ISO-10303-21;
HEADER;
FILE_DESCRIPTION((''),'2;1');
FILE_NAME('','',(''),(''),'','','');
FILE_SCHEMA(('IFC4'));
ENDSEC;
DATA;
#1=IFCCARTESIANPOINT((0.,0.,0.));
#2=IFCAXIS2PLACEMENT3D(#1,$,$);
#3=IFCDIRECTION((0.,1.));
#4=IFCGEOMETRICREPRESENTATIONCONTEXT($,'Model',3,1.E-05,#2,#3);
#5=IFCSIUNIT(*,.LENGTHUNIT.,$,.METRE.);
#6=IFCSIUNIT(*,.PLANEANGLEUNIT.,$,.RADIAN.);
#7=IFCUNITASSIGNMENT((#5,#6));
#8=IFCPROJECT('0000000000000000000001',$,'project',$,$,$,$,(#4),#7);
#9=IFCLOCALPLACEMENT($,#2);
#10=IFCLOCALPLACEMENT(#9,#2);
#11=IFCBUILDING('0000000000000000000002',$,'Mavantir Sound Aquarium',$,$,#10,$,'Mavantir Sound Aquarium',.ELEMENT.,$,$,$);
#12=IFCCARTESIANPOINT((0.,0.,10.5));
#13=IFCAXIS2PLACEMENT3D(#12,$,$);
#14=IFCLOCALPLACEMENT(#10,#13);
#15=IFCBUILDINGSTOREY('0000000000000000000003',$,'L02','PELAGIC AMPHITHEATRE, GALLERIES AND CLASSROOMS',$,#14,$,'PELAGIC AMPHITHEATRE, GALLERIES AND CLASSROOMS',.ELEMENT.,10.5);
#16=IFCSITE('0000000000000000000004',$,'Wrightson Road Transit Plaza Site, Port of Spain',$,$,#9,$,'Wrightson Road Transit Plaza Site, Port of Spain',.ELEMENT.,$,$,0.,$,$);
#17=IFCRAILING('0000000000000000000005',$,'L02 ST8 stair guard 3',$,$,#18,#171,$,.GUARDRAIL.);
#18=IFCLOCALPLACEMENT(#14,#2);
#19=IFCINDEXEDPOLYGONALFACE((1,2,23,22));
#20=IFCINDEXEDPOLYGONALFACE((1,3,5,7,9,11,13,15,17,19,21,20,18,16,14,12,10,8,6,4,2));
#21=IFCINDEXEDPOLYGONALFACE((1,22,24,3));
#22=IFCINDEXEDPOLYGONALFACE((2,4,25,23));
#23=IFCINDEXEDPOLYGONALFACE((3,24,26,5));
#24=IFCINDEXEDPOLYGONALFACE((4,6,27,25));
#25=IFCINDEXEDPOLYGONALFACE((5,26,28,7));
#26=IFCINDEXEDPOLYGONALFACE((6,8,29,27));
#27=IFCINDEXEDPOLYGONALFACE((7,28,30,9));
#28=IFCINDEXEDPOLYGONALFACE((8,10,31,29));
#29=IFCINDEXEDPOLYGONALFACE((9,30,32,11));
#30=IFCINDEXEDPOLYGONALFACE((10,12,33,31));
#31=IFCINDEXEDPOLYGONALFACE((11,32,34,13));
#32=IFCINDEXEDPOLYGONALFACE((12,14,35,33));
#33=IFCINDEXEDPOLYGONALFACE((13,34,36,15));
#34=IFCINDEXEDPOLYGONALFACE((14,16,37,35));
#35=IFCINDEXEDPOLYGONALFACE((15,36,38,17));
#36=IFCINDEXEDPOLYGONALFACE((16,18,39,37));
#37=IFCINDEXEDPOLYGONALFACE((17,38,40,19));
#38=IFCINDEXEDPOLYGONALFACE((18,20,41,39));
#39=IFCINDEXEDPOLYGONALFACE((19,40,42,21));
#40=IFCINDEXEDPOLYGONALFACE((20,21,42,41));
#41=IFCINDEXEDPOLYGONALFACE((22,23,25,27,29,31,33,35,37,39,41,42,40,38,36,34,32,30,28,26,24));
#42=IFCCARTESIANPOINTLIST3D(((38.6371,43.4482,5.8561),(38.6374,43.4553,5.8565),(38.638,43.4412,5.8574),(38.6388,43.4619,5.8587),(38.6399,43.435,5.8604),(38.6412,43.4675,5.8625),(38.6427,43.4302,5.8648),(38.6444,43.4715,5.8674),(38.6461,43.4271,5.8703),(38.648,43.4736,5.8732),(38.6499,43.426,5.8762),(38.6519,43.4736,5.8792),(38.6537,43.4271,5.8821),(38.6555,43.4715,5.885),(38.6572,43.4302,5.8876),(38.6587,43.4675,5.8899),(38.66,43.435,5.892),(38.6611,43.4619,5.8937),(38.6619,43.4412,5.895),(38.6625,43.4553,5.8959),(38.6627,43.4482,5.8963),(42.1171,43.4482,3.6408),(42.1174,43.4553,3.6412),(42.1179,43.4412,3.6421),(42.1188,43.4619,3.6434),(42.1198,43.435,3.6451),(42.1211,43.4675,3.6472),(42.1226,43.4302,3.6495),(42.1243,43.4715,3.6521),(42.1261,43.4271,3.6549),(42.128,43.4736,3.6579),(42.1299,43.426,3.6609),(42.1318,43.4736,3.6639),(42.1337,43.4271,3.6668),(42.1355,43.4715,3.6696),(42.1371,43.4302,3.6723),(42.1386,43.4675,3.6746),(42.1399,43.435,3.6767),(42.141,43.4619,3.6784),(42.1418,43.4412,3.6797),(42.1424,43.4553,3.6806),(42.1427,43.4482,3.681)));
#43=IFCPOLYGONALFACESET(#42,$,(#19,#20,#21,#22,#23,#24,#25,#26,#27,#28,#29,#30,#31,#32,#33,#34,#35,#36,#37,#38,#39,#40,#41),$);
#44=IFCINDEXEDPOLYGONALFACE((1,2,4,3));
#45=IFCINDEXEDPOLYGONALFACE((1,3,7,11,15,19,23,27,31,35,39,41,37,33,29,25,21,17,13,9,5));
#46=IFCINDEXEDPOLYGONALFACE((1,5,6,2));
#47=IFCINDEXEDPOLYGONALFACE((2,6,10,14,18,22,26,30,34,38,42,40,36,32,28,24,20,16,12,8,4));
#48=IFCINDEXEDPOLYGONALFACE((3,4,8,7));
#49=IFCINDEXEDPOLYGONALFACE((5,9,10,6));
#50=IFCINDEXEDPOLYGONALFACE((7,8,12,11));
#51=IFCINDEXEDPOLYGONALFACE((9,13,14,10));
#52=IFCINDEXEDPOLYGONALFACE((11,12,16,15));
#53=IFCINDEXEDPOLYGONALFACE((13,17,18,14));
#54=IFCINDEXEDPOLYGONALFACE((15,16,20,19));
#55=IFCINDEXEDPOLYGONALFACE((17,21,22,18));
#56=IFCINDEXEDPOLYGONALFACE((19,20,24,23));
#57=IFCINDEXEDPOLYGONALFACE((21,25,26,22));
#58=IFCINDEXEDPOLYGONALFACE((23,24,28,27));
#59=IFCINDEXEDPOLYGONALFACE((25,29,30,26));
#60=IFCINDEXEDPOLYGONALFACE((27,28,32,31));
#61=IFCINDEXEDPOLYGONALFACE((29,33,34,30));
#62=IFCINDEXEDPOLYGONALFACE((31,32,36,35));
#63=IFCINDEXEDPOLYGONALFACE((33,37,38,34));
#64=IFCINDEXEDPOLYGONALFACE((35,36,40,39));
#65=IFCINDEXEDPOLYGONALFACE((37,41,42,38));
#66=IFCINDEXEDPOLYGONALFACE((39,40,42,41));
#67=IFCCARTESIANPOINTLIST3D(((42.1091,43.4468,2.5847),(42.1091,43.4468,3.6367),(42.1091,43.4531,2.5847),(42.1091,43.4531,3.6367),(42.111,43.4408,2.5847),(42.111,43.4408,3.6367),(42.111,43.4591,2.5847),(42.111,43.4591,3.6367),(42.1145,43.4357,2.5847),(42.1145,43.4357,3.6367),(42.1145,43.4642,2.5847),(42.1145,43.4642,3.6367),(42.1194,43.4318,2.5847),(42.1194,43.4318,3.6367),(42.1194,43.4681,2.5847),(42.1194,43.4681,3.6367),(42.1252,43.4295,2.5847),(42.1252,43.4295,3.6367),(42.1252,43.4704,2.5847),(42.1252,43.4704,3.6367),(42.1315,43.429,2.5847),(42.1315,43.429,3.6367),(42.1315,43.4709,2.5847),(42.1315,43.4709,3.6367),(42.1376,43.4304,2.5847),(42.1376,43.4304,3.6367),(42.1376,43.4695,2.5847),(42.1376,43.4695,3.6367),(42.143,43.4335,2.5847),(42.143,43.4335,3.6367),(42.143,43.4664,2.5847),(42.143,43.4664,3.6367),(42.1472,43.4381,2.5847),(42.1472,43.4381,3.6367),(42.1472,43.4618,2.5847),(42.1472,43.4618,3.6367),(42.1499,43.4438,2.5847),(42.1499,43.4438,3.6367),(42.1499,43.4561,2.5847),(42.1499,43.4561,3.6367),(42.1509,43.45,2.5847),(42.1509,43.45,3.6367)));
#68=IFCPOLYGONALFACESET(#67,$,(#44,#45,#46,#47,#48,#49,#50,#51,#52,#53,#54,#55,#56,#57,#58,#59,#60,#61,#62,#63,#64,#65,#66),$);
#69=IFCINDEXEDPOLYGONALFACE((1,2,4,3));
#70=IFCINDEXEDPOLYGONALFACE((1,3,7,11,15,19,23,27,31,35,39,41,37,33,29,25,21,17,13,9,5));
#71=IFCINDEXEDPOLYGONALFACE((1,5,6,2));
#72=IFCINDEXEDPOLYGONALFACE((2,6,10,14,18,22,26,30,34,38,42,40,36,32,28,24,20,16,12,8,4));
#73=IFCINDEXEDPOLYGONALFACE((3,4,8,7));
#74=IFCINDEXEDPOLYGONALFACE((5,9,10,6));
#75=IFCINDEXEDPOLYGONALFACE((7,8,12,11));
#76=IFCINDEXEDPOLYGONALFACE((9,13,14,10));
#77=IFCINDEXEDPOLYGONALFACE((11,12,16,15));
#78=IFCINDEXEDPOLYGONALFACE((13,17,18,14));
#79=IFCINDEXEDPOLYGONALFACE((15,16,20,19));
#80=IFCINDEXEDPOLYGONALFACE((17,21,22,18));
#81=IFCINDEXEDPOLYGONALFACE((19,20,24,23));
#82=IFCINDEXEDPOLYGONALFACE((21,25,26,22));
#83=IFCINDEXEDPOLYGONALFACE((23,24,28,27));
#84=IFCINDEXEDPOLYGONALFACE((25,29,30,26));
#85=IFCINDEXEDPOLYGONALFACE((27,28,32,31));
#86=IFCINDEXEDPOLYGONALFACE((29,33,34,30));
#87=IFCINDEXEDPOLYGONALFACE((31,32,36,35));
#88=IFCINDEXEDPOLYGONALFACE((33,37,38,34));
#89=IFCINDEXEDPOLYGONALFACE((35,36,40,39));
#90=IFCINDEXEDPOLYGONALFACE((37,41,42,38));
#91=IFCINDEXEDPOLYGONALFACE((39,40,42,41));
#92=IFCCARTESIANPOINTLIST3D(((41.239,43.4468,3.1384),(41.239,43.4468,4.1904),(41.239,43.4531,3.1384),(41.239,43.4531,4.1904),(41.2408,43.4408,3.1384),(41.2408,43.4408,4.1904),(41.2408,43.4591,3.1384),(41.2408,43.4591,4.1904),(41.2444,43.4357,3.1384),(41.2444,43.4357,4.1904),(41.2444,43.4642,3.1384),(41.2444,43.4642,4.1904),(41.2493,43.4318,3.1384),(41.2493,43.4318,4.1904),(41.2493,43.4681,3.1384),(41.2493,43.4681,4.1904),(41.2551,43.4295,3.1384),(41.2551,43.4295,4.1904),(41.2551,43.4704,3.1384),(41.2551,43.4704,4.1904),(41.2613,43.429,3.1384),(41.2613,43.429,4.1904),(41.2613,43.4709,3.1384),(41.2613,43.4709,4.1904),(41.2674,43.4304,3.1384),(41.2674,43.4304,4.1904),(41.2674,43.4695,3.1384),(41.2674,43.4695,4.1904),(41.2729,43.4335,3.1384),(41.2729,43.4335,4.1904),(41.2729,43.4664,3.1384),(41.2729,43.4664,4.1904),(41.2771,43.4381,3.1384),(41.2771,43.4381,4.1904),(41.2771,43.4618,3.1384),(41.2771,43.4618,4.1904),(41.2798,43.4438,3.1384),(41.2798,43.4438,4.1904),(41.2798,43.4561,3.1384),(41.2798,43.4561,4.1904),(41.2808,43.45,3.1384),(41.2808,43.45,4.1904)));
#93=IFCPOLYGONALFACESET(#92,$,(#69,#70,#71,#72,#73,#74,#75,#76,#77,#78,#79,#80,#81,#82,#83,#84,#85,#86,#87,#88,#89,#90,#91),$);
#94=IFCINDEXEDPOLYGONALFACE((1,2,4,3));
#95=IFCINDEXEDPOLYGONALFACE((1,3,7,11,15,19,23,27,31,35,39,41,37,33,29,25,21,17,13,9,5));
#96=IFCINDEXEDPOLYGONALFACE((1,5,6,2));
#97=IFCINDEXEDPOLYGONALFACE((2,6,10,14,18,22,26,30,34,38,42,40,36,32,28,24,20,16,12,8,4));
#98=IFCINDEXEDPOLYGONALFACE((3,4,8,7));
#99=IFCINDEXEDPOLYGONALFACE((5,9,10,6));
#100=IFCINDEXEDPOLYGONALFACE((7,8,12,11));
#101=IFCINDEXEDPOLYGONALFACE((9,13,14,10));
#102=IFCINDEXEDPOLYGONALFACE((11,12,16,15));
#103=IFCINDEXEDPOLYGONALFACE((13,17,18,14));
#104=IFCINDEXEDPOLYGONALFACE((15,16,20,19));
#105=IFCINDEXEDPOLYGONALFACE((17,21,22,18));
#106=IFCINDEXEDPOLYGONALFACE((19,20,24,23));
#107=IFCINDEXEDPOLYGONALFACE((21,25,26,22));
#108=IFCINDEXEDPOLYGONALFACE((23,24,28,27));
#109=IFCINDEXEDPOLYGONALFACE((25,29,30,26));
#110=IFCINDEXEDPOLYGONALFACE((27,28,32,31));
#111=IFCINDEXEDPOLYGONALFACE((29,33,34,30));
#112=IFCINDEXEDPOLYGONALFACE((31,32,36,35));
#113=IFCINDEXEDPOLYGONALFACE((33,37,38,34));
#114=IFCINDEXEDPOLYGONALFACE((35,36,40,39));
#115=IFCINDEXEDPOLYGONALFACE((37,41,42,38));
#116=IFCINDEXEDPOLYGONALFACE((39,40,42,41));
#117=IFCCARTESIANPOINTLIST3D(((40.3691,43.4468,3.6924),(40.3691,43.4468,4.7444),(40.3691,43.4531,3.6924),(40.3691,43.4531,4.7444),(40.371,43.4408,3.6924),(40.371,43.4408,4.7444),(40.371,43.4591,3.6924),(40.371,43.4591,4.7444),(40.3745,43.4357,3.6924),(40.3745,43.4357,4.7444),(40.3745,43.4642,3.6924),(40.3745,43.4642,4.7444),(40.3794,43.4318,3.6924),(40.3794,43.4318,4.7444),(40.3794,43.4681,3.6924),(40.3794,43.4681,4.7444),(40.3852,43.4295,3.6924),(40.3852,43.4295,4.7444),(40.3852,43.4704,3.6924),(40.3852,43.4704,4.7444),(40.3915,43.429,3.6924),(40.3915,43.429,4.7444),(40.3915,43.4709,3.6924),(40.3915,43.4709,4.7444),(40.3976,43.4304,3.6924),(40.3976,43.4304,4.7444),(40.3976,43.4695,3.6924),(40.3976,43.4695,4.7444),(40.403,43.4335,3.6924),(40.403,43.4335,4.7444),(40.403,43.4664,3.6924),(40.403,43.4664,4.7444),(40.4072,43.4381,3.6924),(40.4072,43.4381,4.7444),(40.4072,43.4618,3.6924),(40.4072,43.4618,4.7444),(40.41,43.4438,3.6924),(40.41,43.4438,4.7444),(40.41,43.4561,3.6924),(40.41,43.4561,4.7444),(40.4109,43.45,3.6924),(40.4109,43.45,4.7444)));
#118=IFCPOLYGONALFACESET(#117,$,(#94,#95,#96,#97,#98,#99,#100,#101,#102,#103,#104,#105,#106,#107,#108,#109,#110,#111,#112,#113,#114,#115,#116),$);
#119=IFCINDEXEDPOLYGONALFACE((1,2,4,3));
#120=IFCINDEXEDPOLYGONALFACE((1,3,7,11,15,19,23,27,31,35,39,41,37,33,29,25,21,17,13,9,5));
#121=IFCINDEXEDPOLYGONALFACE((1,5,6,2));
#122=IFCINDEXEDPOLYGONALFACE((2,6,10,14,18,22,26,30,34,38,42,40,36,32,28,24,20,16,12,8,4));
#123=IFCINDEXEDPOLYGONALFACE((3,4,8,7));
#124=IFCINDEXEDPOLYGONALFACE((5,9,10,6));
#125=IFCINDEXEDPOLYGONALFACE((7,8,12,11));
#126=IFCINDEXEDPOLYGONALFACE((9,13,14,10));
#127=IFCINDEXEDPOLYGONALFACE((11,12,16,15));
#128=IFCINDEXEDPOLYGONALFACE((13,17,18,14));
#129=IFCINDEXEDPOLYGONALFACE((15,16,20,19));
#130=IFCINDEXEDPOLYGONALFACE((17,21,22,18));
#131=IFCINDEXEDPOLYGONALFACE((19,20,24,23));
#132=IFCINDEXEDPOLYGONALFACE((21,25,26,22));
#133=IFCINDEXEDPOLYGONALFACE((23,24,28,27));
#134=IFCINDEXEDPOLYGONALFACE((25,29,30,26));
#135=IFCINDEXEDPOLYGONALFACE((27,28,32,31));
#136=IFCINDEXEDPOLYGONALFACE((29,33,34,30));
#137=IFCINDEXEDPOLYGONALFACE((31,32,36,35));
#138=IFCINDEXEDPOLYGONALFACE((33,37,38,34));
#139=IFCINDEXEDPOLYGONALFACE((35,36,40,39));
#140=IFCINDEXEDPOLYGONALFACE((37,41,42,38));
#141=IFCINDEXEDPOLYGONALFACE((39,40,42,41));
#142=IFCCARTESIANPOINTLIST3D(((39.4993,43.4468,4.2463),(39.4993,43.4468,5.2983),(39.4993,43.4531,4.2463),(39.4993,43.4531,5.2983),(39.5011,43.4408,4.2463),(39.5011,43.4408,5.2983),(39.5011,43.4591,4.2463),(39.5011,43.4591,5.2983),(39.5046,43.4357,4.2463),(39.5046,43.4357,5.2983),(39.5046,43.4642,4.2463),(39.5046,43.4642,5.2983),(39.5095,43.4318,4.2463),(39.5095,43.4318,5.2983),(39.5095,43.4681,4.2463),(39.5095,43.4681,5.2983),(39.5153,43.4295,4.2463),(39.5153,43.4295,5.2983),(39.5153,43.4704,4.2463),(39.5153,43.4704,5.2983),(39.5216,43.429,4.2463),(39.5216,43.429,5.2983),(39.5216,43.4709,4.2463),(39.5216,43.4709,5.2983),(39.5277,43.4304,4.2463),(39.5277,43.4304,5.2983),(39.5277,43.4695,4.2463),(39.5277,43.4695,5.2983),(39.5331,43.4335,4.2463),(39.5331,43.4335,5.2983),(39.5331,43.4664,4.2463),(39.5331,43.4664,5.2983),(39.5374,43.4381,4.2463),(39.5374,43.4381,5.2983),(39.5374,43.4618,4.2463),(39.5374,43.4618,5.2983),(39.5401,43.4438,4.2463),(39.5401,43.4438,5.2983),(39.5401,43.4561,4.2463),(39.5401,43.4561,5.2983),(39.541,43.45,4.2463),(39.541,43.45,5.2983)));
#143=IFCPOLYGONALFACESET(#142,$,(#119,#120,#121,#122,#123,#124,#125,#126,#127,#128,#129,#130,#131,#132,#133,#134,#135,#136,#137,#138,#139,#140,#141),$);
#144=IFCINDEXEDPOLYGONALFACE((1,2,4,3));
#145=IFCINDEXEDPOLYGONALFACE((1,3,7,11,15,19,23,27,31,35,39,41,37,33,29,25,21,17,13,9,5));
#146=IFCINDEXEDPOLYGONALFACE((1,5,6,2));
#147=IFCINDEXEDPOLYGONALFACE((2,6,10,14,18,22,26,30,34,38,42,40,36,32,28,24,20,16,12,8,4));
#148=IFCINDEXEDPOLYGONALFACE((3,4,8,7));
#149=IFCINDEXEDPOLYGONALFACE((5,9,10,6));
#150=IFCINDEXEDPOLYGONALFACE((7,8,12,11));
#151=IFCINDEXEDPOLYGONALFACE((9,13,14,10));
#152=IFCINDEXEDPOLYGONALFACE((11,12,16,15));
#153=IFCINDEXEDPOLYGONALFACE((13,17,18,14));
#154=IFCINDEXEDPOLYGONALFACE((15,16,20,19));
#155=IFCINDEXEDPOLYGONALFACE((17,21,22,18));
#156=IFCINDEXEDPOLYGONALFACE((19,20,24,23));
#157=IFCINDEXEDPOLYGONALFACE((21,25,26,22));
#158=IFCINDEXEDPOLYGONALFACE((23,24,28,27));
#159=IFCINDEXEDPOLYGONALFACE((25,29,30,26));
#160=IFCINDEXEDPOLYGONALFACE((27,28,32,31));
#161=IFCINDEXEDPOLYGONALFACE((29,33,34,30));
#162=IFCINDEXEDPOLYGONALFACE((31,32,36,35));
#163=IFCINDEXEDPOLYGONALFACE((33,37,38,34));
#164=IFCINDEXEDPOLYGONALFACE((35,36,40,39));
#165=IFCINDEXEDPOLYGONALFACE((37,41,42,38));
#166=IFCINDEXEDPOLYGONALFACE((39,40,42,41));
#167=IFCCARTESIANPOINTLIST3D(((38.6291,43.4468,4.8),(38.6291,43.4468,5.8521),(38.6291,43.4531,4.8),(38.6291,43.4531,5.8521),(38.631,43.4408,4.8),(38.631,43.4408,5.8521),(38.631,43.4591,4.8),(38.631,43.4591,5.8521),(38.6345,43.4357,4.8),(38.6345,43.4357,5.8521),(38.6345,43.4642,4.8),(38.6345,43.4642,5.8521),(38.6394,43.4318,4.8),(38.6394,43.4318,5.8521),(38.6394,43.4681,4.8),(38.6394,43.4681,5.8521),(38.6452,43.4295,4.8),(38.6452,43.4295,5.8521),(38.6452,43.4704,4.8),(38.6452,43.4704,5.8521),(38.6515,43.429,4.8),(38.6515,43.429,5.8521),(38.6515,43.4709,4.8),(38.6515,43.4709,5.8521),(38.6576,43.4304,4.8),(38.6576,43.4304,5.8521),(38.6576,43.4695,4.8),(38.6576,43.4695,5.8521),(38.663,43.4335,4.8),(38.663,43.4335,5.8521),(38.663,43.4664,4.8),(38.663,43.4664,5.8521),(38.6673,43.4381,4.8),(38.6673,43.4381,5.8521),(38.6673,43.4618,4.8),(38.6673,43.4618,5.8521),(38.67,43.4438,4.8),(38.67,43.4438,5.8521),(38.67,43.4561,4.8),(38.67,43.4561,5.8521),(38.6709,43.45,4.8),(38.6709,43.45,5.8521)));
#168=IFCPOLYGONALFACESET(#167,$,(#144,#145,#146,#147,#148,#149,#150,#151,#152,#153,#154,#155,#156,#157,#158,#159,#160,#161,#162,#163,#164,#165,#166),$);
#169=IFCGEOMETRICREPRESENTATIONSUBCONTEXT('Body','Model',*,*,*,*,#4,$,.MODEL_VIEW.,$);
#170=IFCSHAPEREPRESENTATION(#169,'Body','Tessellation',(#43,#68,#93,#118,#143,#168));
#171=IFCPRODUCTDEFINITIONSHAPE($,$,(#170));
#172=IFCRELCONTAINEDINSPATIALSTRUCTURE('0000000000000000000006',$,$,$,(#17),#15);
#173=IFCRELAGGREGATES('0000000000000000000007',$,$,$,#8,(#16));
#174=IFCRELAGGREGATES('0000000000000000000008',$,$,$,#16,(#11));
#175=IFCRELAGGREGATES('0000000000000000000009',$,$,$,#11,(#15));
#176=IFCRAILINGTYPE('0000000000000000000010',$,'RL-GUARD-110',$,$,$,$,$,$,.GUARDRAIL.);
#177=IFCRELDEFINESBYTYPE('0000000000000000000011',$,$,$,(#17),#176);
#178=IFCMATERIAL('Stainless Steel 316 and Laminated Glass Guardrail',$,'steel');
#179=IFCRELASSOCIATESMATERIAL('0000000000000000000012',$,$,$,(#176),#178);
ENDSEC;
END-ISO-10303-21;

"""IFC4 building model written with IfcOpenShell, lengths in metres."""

from ifc_helpers import new_model, si_unit, direction, frame, origin, origin_2d, place, context, subcontext, project, spatial, circle, extrude, material, type_object, element, save


model = new_model("IFC4")

# Units and contexts
model_context = context("Model", 3, precision=1e-05, world=origin(), true_north=direction((0.0, 1.0)))
body_context = subcontext(model_context, "Body", "Model", "MODEL_VIEW")
ifc_project = project(units=[si_unit("LENGTHUNIT", "METRE"), si_unit("PLANEANGLEUNIT", "RADIAN")], contexts=[model_context])

# Site, building, storey
site_placement = place(None, origin())
site = spatial("IfcSite", under=ifc_project, at=site_placement, Name="Wrightson Road Transit Plaza Site, Port of Spain", LongName="Wrightson Road Transit Plaza Site, Port of Spain", CompositionType="ELEMENT", RefElevation=0.0)
building_placement = place(site_placement, origin())
building = spatial("IfcBuilding", under=site, at=building_placement, Name="Mavantir Sound Aquarium", LongName="Mavantir Sound Aquarium", CompositionType="ELEMENT")
storey_placement = place(building_placement, frame((0.0, 0.0, 10.5)))
storey = spatial("IfcBuildingStorey", under=building, at=storey_placement, Name="L02", Description="PELAGIC AMPHITHEATRE, GALLERIES AND CLASSROOMS", LongName="PELAGIC AMPHITHEATRE, GALLERIES AND CLASSROOMS", CompositionType="ELEMENT", Elevation=10.5)

# Railing
ifc_material_1 = material(Name="Stainless Steel 316 and Laminated Glass Guardrail", Category="steel")
railing_type_1 = type_object("IfcRailingType", Name="RL-GUARD-110", PredefinedType="GUARDRAIL", material=ifc_material_1)
railing_1_placement = place(storey_placement, frame((42.1299, 43.45, 2.5847)))
element("IfcRailing", 1, at=railing_1_placement, inside=storey, type_object=railing_type_1, Name="L02 ST8 stair guard 3", PredefinedType="GUARDRAIL", context=body_context, shape_type="SweptSolid", body=[
    extrude(circle(Radius=0.0239, at=origin_2d()), frame((0.0, 0.0, 1.0762), z_axis=(-0.843574, 0.0, 0.537013), x_axis=(0.0, -1.0, 0.0)), (0.0, 0.0, 1.0), 4.1252),
    extrude(circle(Radius=0.021, at=origin_2d()), origin(), (0.0, 0.0, 1.0), 1.052),
    extrude(circle(Radius=0.021, at=origin_2d()), frame((-0.8701, 0.0, 0.5537)), (0.0, 0.0, 1.0), 1.052),
    extrude(circle(Radius=0.021, at=origin_2d()), frame((-1.74, 0.0, 1.1077)), (0.0, 0.0, 1.0), 1.052),
    extrude(circle(Radius=0.021, at=origin_2d()), frame((-2.6099, 0.0, 1.6616)), (0.0, 0.0, 1.0), 1.052),
    extrude(circle(Radius=0.021, at=origin_2d()), frame((-3.48, 0.0, 2.2153)), (0.0, 0.0, 1.0), 1.052),
])

save(model, "model.ifc")
